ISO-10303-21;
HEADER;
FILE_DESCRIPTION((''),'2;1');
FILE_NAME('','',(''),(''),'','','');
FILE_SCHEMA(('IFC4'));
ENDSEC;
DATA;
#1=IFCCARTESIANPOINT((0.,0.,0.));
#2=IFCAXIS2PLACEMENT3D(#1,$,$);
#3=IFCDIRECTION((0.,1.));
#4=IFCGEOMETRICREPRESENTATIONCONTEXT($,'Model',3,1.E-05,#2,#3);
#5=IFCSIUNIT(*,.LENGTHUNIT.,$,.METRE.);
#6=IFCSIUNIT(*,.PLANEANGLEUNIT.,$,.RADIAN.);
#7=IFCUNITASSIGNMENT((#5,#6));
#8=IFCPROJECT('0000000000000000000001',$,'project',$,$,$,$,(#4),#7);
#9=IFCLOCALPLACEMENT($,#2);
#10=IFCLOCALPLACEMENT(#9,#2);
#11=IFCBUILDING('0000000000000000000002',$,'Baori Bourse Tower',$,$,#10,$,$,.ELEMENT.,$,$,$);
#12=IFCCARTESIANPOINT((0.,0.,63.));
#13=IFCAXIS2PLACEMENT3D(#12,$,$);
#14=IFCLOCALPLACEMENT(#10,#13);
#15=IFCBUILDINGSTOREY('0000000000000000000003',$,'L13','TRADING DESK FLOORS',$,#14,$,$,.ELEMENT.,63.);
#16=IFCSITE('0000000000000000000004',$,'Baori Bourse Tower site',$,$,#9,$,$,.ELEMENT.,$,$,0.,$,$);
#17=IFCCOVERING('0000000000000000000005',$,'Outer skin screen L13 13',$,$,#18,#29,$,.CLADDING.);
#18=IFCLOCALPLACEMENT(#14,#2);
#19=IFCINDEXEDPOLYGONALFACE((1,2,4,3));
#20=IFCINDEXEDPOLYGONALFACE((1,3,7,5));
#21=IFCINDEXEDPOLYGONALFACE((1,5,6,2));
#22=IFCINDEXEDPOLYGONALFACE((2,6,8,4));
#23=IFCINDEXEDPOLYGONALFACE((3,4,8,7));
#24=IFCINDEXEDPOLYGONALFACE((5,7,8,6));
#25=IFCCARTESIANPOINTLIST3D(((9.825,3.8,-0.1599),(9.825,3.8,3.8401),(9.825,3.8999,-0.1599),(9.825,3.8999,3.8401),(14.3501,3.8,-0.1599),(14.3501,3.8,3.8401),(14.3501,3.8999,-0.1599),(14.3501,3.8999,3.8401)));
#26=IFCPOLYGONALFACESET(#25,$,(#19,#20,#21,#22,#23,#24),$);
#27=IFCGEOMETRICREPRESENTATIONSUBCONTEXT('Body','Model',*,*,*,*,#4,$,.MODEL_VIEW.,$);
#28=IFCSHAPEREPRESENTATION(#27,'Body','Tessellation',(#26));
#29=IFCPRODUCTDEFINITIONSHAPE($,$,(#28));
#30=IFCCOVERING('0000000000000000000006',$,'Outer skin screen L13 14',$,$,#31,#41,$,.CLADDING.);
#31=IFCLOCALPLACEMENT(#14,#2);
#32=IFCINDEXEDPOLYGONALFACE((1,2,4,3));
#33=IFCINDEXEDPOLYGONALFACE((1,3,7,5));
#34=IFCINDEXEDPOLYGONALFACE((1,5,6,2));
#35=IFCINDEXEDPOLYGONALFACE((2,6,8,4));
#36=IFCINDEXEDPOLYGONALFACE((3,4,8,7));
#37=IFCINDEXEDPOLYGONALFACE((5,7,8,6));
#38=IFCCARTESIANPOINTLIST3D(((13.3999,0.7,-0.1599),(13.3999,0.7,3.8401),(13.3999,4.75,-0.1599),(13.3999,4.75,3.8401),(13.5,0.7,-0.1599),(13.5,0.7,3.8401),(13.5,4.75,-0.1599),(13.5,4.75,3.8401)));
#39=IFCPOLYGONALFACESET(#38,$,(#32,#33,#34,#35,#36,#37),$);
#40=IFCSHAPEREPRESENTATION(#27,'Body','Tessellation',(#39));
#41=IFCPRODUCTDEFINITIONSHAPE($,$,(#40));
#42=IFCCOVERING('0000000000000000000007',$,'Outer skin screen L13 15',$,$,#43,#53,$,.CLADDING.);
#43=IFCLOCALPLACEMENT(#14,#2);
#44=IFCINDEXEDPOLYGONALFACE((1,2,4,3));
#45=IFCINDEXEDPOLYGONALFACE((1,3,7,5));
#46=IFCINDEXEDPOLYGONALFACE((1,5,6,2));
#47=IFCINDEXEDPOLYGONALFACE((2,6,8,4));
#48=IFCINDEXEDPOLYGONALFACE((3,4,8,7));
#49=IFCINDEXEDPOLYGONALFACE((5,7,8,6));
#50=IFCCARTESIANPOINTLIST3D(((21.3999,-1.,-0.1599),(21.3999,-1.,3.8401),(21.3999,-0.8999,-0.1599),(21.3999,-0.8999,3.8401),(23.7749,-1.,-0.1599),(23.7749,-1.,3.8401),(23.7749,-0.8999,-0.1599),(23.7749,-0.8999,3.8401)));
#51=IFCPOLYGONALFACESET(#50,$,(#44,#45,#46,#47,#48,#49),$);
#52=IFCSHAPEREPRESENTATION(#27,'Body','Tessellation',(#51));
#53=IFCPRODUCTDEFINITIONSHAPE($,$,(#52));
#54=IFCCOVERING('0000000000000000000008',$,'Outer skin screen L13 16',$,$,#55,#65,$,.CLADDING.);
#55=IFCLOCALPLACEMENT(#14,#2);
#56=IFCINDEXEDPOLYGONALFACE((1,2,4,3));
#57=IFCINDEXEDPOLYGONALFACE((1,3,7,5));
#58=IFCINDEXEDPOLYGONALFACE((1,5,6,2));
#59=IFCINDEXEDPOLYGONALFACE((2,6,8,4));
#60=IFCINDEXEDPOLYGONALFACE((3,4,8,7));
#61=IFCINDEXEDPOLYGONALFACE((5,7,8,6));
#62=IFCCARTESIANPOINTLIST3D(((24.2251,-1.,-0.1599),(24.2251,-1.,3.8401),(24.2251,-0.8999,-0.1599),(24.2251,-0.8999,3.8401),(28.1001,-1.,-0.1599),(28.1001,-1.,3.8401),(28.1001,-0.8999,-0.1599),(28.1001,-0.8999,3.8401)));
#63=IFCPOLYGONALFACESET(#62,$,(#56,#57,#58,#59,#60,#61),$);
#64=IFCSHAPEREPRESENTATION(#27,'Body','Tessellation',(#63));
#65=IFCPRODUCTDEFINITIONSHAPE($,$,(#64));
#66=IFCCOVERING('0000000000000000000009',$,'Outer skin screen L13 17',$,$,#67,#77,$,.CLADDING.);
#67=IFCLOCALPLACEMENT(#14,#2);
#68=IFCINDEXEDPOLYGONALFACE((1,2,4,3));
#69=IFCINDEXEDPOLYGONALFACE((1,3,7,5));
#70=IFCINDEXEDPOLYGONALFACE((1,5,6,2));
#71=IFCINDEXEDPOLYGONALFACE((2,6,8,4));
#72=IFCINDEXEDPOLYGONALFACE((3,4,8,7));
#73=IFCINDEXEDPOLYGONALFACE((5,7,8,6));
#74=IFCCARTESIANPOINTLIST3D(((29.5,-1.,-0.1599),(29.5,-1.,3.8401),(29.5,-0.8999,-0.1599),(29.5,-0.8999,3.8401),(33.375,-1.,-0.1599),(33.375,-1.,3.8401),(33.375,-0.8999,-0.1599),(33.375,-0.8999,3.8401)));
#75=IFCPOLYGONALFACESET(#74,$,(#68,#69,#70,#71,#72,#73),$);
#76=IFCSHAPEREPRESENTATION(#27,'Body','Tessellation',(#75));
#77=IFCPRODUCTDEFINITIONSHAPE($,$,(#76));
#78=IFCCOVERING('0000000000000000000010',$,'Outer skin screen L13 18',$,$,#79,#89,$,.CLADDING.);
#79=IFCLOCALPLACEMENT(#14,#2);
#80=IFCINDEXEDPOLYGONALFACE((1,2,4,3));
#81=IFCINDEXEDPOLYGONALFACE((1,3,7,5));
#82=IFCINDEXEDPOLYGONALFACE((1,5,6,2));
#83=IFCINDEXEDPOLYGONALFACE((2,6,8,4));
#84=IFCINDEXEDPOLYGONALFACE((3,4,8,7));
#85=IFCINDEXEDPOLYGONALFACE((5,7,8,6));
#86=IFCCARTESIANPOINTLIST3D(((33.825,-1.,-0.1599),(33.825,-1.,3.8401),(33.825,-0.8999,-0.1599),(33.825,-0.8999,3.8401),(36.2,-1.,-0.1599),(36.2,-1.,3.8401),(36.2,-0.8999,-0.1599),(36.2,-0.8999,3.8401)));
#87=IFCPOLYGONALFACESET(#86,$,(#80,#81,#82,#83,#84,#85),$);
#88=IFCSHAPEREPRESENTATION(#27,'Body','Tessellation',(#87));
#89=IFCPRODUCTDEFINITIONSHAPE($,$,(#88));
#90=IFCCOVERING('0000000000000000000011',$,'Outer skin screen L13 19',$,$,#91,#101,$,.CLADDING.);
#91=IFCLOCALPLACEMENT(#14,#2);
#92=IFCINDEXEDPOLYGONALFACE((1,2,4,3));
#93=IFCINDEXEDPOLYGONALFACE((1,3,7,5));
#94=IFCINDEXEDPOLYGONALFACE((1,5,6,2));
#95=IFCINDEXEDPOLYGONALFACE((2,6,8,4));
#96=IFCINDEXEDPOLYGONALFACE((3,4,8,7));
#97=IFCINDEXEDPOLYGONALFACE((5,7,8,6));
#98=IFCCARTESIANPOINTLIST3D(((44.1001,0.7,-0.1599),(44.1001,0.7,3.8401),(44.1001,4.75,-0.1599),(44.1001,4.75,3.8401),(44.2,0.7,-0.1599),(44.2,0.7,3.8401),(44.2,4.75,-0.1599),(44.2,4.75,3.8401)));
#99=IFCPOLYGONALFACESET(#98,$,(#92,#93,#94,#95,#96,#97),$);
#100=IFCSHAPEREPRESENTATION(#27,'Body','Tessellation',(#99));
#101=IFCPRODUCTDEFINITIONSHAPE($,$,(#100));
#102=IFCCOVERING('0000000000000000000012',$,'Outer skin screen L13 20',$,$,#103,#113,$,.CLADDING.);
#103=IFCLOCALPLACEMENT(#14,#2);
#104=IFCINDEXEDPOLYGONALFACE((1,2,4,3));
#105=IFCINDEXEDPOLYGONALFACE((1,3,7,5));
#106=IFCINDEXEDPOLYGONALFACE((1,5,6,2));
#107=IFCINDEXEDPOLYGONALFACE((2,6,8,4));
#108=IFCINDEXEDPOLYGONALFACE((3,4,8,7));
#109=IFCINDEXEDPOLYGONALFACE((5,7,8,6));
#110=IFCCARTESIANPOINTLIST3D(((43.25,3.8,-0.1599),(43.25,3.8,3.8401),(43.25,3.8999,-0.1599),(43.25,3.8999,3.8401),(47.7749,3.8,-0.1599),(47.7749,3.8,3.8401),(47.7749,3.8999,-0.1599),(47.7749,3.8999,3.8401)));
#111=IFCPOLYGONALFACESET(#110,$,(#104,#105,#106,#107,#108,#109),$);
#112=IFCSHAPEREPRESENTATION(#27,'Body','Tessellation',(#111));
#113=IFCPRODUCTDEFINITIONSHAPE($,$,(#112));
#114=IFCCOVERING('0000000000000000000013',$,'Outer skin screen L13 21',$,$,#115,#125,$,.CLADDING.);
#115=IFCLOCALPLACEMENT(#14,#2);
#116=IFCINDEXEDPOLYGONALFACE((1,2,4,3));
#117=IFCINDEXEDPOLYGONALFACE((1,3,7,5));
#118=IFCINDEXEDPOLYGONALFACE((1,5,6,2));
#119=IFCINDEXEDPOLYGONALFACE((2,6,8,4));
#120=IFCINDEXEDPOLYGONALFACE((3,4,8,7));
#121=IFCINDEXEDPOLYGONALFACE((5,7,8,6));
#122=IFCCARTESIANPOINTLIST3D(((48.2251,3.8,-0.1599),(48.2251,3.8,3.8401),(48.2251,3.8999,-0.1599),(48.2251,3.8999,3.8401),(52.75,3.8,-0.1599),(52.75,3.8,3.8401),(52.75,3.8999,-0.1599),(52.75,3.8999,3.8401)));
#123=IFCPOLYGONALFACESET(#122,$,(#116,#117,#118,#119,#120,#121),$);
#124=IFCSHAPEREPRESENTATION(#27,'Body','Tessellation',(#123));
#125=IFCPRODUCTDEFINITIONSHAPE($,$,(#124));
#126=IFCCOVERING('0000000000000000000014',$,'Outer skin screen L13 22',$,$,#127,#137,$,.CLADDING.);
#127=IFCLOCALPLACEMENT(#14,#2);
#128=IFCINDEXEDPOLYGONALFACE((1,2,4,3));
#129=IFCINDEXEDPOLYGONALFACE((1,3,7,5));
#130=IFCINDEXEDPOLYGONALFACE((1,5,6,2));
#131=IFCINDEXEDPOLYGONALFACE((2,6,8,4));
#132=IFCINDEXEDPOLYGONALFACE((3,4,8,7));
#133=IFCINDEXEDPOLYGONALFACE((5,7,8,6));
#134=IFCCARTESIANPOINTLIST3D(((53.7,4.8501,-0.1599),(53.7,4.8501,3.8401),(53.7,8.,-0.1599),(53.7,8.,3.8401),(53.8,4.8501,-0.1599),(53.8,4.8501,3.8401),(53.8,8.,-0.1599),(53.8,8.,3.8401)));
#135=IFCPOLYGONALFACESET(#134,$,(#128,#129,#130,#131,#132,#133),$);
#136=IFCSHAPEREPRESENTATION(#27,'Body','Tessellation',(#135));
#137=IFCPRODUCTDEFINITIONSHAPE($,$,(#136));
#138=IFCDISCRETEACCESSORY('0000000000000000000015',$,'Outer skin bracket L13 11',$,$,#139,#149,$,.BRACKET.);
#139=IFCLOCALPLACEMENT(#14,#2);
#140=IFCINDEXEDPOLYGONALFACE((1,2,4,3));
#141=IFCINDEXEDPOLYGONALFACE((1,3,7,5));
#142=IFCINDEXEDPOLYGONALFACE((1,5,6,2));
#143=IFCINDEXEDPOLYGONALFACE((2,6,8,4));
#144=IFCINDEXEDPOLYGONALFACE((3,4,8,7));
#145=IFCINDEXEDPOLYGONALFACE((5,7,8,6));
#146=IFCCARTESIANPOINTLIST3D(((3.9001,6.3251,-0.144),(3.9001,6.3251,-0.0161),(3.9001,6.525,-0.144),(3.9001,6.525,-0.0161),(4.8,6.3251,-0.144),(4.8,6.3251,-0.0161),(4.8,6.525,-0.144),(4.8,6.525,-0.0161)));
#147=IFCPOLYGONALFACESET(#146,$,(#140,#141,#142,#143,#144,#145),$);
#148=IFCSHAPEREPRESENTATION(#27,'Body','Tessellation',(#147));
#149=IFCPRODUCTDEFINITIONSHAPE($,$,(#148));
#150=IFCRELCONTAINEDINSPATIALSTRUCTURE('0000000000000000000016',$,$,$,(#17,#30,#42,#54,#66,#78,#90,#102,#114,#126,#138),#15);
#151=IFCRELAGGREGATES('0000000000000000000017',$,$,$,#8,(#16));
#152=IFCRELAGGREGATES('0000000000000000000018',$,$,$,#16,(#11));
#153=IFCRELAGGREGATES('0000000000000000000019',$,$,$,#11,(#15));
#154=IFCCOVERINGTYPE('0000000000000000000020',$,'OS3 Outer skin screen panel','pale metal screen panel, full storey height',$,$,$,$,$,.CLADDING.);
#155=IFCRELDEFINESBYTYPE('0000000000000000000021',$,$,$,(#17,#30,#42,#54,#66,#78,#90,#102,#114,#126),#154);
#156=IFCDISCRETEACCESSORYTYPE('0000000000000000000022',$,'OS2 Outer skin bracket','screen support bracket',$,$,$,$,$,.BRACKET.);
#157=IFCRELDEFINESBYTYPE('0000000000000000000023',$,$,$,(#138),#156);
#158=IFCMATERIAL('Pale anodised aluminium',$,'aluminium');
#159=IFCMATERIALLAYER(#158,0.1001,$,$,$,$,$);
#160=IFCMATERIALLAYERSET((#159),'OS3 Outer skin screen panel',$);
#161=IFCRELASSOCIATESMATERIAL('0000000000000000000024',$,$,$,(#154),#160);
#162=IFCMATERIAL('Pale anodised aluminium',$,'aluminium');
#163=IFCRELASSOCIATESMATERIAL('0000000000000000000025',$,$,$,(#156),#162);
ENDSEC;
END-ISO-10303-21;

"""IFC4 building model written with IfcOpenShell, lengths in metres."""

from ifc_helpers import new_model, si_unit, direction, frame, origin, origin_2d, place, context, subcontext, project, spatial, polyline, rectangle, outline, extrude, material, layer, layer_set, type_object, element, save


model = new_model("IFC4")

# Units and contexts
model_context = context("Model", 3, precision=1e-05, world=origin(), true_north=direction((0.0, 1.0)))
body_context = subcontext(model_context, "Body", "Model", "MODEL_VIEW")
ifc_project = project(units=[si_unit("LENGTHUNIT", "METRE"), si_unit("PLANEANGLEUNIT", "RADIAN")], contexts=[model_context])

# Site, building, storey
site_placement = place(None, origin())
site = spatial("IfcSite", under=ifc_project, at=site_placement, Name="Baori Bourse Tower site", CompositionType="ELEMENT", RefElevation=0.0)
building_placement = place(site_placement, origin())
building = spatial("IfcBuilding", under=site, at=building_placement, Name="Baori Bourse Tower", CompositionType="ELEMENT")
storey_placement = place(building_placement, frame((0.0, 0.0, 63.0)))
storey = spatial("IfcBuildingStorey", under=building, at=storey_placement, Name="L13", Description="TRADING DESK FLOORS", CompositionType="ELEMENT", Elevation=63.0)

# Coverings
ifc_material_1 = material(Name="Pale anodised aluminium", Category="aluminium")
ifc_layer_1 = layer(ifc_material_1, 0.1001)
ifc_layer_set_1 = layer_set([ifc_layer_1], Name="OS3 Outer skin screen panel")
covering_type = type_object("IfcCoveringType", Name="OS3 Outer skin screen panel", Description="pale metal screen panel, full storey height", PredefinedType="CLADDING", material=ifc_layer_set_1)
covering_1_placement = place(storey_placement, frame((0.0, 0.0, -0.1599)))
element("IfcCovering", 1, at=covering_1_placement, inside=storey, type_object=covering_type, Name="Outer skin screen L13 13", PredefinedType="CLADDING", context=body_context, shape_type="SweptSolid", body=[
    extrude(outline(polyline([(14.3501, 3.8999), (9.825, 3.8999), (9.825, 3.8), (14.3501, 3.8), (14.3501, 3.8999)])), origin(), (0.0, 0.0, 1.0), 4.0),
])
covering_2_placement = place(storey_placement, frame((0.0, 0.0, -0.1599)))
element("IfcCovering", 2, at=covering_2_placement, inside=storey, type_object=covering_type, Name="Outer skin screen L13 14", PredefinedType="CLADDING", context=body_context, shape_type="SweptSolid", body=[
    extrude(outline(polyline([(13.5, 0.7), (13.5, 4.75), (13.3999, 4.75), (13.3999, 0.7), (13.5, 0.7)])), origin(), (0.0, 0.0, 1.0), 4.0),
])
covering_3_placement = place(storey_placement, frame((0.0, 0.0, -0.1599)))
element("IfcCovering", 3, at=covering_3_placement, inside=storey, type_object=covering_type, Name="Outer skin screen L13 15", PredefinedType="CLADDING", context=body_context, shape_type="SweptSolid", body=[
    extrude(outline(polyline([(23.7749, -0.8999), (21.3999, -0.8999), (21.3999, -1.0), (23.7749, -1.0), (23.7749, -0.8999)])), origin(), (0.0, 0.0, 1.0), 4.0),
])
covering_4_placement = place(storey_placement, frame((0.0, 0.0, -0.1599)))
element("IfcCovering", 4, at=covering_4_placement, inside=storey, type_object=covering_type, Name="Outer skin screen L13 16", PredefinedType="CLADDING", context=body_context, shape_type="SweptSolid", body=[
    extrude(outline(polyline([(28.1001, -0.8999), (24.2251, -0.8999), (24.2251, -1.0), (28.1001, -1.0), (28.1001, -0.8999)])), origin(), (0.0, 0.0, 1.0), 4.0),
])
covering_5_placement = place(storey_placement, frame((0.0, 0.0, -0.1599)))
element("IfcCovering", 5, at=covering_5_placement, inside=storey, type_object=covering_type, Name="Outer skin screen L13 17", PredefinedType="CLADDING", context=body_context, shape_type="SweptSolid", body=[
    extrude(outline(polyline([(33.375, -0.8999), (29.5, -0.8999), (29.5, -1.0), (33.375, -1.0), (33.375, -0.8999)])), origin(), (0.0, 0.0, 1.0), 4.0),
])
covering_6_placement = place(storey_placement, frame((0.0, 0.0, -0.1599)))
element("IfcCovering", 6, at=covering_6_placement, inside=storey, type_object=covering_type, Name="Outer skin screen L13 18", PredefinedType="CLADDING", context=body_context, shape_type="SweptSolid", body=[
    extrude(outline(polyline([(36.2, -0.8999), (33.825, -0.8999), (33.825, -1.0), (36.2, -1.0), (36.2, -0.8999)])), origin(), (0.0, 0.0, 1.0), 4.0),
])
covering_7_placement = place(storey_placement, frame((0.0, 0.0, -0.1599)))
element("IfcCovering", 7, at=covering_7_placement, inside=storey, type_object=covering_type, Name="Outer skin screen L13 19", PredefinedType="CLADDING", context=body_context, shape_type="SweptSolid", body=[
    extrude(outline(polyline([(44.1001, 4.75), (44.1001, 0.7), (44.2, 0.7), (44.2, 4.75), (44.1001, 4.75)])), origin(), (0.0, 0.0, 1.0), 4.0),
])
covering_8_placement = place(storey_placement, frame((0.0, 0.0, -0.1599)))
element("IfcCovering", 8, at=covering_8_placement, inside=storey, type_object=covering_type, Name="Outer skin screen L13 20", PredefinedType="CLADDING", context=body_context, shape_type="SweptSolid", body=[
    extrude(outline(polyline([(47.7749, 3.8999), (43.25, 3.8999), (43.25, 3.8), (47.7749, 3.8), (47.7749, 3.8999)])), origin(), (0.0, 0.0, 1.0), 4.0),
])
covering_9_placement = place(storey_placement, frame((0.0, 0.0, -0.1599)))
element("IfcCovering", 9, at=covering_9_placement, inside=storey, type_object=covering_type, Name="Outer skin screen L13 21", PredefinedType="CLADDING", context=body_context, shape_type="SweptSolid", body=[
    extrude(outline(polyline([(52.75, 3.8999), (48.2251, 3.8999), (48.2251, 3.8), (52.75, 3.8), (52.75, 3.8999)])), origin(), (0.0, 0.0, 1.0), 4.0),
])
covering_10_placement = place(storey_placement, frame((0.0, 0.0, -0.1599)))
element("IfcCovering", 10, at=covering_10_placement, inside=storey, type_object=covering_type, Name="Outer skin screen L13 22", PredefinedType="CLADDING", context=body_context, shape_type="SweptSolid", body=[
    extrude(outline(polyline([(53.7, 8.0), (53.7, 4.8501), (53.8, 4.8501), (53.8, 8.0), (53.7, 8.0)])), origin(), (0.0, 0.0, 1.0), 4.0),
])

# Discrete accessory
ifc_material_2 = material(Name="Pale anodised aluminium", Category="aluminium")
discrete_accessory_type = type_object("IfcDiscreteAccessoryType", Name="OS2 Outer skin bracket", Description="screen support bracket", PredefinedType="BRACKET", material=ifc_material_2)
discrete_accessory_placement = place(storey_placement, frame((4.3501, 6.425, -0.144), z_axis=(0.0, 0.0, 1.0), x_axis=(0.0, -1.0, 0.0)))
element("IfcDiscreteAccessory", 11, at=discrete_accessory_placement, inside=storey, type_object=discrete_accessory_type, Name="Outer skin bracket L13 11", PredefinedType="BRACKET", context=body_context, shape_type="SweptSolid", body=[
    extrude(rectangle(XDim=0.2, YDim=0.8999, at=origin_2d()), origin(), (0.0, 0.0, 1.0), 0.1279),
])

save(model, "model.ifc")
